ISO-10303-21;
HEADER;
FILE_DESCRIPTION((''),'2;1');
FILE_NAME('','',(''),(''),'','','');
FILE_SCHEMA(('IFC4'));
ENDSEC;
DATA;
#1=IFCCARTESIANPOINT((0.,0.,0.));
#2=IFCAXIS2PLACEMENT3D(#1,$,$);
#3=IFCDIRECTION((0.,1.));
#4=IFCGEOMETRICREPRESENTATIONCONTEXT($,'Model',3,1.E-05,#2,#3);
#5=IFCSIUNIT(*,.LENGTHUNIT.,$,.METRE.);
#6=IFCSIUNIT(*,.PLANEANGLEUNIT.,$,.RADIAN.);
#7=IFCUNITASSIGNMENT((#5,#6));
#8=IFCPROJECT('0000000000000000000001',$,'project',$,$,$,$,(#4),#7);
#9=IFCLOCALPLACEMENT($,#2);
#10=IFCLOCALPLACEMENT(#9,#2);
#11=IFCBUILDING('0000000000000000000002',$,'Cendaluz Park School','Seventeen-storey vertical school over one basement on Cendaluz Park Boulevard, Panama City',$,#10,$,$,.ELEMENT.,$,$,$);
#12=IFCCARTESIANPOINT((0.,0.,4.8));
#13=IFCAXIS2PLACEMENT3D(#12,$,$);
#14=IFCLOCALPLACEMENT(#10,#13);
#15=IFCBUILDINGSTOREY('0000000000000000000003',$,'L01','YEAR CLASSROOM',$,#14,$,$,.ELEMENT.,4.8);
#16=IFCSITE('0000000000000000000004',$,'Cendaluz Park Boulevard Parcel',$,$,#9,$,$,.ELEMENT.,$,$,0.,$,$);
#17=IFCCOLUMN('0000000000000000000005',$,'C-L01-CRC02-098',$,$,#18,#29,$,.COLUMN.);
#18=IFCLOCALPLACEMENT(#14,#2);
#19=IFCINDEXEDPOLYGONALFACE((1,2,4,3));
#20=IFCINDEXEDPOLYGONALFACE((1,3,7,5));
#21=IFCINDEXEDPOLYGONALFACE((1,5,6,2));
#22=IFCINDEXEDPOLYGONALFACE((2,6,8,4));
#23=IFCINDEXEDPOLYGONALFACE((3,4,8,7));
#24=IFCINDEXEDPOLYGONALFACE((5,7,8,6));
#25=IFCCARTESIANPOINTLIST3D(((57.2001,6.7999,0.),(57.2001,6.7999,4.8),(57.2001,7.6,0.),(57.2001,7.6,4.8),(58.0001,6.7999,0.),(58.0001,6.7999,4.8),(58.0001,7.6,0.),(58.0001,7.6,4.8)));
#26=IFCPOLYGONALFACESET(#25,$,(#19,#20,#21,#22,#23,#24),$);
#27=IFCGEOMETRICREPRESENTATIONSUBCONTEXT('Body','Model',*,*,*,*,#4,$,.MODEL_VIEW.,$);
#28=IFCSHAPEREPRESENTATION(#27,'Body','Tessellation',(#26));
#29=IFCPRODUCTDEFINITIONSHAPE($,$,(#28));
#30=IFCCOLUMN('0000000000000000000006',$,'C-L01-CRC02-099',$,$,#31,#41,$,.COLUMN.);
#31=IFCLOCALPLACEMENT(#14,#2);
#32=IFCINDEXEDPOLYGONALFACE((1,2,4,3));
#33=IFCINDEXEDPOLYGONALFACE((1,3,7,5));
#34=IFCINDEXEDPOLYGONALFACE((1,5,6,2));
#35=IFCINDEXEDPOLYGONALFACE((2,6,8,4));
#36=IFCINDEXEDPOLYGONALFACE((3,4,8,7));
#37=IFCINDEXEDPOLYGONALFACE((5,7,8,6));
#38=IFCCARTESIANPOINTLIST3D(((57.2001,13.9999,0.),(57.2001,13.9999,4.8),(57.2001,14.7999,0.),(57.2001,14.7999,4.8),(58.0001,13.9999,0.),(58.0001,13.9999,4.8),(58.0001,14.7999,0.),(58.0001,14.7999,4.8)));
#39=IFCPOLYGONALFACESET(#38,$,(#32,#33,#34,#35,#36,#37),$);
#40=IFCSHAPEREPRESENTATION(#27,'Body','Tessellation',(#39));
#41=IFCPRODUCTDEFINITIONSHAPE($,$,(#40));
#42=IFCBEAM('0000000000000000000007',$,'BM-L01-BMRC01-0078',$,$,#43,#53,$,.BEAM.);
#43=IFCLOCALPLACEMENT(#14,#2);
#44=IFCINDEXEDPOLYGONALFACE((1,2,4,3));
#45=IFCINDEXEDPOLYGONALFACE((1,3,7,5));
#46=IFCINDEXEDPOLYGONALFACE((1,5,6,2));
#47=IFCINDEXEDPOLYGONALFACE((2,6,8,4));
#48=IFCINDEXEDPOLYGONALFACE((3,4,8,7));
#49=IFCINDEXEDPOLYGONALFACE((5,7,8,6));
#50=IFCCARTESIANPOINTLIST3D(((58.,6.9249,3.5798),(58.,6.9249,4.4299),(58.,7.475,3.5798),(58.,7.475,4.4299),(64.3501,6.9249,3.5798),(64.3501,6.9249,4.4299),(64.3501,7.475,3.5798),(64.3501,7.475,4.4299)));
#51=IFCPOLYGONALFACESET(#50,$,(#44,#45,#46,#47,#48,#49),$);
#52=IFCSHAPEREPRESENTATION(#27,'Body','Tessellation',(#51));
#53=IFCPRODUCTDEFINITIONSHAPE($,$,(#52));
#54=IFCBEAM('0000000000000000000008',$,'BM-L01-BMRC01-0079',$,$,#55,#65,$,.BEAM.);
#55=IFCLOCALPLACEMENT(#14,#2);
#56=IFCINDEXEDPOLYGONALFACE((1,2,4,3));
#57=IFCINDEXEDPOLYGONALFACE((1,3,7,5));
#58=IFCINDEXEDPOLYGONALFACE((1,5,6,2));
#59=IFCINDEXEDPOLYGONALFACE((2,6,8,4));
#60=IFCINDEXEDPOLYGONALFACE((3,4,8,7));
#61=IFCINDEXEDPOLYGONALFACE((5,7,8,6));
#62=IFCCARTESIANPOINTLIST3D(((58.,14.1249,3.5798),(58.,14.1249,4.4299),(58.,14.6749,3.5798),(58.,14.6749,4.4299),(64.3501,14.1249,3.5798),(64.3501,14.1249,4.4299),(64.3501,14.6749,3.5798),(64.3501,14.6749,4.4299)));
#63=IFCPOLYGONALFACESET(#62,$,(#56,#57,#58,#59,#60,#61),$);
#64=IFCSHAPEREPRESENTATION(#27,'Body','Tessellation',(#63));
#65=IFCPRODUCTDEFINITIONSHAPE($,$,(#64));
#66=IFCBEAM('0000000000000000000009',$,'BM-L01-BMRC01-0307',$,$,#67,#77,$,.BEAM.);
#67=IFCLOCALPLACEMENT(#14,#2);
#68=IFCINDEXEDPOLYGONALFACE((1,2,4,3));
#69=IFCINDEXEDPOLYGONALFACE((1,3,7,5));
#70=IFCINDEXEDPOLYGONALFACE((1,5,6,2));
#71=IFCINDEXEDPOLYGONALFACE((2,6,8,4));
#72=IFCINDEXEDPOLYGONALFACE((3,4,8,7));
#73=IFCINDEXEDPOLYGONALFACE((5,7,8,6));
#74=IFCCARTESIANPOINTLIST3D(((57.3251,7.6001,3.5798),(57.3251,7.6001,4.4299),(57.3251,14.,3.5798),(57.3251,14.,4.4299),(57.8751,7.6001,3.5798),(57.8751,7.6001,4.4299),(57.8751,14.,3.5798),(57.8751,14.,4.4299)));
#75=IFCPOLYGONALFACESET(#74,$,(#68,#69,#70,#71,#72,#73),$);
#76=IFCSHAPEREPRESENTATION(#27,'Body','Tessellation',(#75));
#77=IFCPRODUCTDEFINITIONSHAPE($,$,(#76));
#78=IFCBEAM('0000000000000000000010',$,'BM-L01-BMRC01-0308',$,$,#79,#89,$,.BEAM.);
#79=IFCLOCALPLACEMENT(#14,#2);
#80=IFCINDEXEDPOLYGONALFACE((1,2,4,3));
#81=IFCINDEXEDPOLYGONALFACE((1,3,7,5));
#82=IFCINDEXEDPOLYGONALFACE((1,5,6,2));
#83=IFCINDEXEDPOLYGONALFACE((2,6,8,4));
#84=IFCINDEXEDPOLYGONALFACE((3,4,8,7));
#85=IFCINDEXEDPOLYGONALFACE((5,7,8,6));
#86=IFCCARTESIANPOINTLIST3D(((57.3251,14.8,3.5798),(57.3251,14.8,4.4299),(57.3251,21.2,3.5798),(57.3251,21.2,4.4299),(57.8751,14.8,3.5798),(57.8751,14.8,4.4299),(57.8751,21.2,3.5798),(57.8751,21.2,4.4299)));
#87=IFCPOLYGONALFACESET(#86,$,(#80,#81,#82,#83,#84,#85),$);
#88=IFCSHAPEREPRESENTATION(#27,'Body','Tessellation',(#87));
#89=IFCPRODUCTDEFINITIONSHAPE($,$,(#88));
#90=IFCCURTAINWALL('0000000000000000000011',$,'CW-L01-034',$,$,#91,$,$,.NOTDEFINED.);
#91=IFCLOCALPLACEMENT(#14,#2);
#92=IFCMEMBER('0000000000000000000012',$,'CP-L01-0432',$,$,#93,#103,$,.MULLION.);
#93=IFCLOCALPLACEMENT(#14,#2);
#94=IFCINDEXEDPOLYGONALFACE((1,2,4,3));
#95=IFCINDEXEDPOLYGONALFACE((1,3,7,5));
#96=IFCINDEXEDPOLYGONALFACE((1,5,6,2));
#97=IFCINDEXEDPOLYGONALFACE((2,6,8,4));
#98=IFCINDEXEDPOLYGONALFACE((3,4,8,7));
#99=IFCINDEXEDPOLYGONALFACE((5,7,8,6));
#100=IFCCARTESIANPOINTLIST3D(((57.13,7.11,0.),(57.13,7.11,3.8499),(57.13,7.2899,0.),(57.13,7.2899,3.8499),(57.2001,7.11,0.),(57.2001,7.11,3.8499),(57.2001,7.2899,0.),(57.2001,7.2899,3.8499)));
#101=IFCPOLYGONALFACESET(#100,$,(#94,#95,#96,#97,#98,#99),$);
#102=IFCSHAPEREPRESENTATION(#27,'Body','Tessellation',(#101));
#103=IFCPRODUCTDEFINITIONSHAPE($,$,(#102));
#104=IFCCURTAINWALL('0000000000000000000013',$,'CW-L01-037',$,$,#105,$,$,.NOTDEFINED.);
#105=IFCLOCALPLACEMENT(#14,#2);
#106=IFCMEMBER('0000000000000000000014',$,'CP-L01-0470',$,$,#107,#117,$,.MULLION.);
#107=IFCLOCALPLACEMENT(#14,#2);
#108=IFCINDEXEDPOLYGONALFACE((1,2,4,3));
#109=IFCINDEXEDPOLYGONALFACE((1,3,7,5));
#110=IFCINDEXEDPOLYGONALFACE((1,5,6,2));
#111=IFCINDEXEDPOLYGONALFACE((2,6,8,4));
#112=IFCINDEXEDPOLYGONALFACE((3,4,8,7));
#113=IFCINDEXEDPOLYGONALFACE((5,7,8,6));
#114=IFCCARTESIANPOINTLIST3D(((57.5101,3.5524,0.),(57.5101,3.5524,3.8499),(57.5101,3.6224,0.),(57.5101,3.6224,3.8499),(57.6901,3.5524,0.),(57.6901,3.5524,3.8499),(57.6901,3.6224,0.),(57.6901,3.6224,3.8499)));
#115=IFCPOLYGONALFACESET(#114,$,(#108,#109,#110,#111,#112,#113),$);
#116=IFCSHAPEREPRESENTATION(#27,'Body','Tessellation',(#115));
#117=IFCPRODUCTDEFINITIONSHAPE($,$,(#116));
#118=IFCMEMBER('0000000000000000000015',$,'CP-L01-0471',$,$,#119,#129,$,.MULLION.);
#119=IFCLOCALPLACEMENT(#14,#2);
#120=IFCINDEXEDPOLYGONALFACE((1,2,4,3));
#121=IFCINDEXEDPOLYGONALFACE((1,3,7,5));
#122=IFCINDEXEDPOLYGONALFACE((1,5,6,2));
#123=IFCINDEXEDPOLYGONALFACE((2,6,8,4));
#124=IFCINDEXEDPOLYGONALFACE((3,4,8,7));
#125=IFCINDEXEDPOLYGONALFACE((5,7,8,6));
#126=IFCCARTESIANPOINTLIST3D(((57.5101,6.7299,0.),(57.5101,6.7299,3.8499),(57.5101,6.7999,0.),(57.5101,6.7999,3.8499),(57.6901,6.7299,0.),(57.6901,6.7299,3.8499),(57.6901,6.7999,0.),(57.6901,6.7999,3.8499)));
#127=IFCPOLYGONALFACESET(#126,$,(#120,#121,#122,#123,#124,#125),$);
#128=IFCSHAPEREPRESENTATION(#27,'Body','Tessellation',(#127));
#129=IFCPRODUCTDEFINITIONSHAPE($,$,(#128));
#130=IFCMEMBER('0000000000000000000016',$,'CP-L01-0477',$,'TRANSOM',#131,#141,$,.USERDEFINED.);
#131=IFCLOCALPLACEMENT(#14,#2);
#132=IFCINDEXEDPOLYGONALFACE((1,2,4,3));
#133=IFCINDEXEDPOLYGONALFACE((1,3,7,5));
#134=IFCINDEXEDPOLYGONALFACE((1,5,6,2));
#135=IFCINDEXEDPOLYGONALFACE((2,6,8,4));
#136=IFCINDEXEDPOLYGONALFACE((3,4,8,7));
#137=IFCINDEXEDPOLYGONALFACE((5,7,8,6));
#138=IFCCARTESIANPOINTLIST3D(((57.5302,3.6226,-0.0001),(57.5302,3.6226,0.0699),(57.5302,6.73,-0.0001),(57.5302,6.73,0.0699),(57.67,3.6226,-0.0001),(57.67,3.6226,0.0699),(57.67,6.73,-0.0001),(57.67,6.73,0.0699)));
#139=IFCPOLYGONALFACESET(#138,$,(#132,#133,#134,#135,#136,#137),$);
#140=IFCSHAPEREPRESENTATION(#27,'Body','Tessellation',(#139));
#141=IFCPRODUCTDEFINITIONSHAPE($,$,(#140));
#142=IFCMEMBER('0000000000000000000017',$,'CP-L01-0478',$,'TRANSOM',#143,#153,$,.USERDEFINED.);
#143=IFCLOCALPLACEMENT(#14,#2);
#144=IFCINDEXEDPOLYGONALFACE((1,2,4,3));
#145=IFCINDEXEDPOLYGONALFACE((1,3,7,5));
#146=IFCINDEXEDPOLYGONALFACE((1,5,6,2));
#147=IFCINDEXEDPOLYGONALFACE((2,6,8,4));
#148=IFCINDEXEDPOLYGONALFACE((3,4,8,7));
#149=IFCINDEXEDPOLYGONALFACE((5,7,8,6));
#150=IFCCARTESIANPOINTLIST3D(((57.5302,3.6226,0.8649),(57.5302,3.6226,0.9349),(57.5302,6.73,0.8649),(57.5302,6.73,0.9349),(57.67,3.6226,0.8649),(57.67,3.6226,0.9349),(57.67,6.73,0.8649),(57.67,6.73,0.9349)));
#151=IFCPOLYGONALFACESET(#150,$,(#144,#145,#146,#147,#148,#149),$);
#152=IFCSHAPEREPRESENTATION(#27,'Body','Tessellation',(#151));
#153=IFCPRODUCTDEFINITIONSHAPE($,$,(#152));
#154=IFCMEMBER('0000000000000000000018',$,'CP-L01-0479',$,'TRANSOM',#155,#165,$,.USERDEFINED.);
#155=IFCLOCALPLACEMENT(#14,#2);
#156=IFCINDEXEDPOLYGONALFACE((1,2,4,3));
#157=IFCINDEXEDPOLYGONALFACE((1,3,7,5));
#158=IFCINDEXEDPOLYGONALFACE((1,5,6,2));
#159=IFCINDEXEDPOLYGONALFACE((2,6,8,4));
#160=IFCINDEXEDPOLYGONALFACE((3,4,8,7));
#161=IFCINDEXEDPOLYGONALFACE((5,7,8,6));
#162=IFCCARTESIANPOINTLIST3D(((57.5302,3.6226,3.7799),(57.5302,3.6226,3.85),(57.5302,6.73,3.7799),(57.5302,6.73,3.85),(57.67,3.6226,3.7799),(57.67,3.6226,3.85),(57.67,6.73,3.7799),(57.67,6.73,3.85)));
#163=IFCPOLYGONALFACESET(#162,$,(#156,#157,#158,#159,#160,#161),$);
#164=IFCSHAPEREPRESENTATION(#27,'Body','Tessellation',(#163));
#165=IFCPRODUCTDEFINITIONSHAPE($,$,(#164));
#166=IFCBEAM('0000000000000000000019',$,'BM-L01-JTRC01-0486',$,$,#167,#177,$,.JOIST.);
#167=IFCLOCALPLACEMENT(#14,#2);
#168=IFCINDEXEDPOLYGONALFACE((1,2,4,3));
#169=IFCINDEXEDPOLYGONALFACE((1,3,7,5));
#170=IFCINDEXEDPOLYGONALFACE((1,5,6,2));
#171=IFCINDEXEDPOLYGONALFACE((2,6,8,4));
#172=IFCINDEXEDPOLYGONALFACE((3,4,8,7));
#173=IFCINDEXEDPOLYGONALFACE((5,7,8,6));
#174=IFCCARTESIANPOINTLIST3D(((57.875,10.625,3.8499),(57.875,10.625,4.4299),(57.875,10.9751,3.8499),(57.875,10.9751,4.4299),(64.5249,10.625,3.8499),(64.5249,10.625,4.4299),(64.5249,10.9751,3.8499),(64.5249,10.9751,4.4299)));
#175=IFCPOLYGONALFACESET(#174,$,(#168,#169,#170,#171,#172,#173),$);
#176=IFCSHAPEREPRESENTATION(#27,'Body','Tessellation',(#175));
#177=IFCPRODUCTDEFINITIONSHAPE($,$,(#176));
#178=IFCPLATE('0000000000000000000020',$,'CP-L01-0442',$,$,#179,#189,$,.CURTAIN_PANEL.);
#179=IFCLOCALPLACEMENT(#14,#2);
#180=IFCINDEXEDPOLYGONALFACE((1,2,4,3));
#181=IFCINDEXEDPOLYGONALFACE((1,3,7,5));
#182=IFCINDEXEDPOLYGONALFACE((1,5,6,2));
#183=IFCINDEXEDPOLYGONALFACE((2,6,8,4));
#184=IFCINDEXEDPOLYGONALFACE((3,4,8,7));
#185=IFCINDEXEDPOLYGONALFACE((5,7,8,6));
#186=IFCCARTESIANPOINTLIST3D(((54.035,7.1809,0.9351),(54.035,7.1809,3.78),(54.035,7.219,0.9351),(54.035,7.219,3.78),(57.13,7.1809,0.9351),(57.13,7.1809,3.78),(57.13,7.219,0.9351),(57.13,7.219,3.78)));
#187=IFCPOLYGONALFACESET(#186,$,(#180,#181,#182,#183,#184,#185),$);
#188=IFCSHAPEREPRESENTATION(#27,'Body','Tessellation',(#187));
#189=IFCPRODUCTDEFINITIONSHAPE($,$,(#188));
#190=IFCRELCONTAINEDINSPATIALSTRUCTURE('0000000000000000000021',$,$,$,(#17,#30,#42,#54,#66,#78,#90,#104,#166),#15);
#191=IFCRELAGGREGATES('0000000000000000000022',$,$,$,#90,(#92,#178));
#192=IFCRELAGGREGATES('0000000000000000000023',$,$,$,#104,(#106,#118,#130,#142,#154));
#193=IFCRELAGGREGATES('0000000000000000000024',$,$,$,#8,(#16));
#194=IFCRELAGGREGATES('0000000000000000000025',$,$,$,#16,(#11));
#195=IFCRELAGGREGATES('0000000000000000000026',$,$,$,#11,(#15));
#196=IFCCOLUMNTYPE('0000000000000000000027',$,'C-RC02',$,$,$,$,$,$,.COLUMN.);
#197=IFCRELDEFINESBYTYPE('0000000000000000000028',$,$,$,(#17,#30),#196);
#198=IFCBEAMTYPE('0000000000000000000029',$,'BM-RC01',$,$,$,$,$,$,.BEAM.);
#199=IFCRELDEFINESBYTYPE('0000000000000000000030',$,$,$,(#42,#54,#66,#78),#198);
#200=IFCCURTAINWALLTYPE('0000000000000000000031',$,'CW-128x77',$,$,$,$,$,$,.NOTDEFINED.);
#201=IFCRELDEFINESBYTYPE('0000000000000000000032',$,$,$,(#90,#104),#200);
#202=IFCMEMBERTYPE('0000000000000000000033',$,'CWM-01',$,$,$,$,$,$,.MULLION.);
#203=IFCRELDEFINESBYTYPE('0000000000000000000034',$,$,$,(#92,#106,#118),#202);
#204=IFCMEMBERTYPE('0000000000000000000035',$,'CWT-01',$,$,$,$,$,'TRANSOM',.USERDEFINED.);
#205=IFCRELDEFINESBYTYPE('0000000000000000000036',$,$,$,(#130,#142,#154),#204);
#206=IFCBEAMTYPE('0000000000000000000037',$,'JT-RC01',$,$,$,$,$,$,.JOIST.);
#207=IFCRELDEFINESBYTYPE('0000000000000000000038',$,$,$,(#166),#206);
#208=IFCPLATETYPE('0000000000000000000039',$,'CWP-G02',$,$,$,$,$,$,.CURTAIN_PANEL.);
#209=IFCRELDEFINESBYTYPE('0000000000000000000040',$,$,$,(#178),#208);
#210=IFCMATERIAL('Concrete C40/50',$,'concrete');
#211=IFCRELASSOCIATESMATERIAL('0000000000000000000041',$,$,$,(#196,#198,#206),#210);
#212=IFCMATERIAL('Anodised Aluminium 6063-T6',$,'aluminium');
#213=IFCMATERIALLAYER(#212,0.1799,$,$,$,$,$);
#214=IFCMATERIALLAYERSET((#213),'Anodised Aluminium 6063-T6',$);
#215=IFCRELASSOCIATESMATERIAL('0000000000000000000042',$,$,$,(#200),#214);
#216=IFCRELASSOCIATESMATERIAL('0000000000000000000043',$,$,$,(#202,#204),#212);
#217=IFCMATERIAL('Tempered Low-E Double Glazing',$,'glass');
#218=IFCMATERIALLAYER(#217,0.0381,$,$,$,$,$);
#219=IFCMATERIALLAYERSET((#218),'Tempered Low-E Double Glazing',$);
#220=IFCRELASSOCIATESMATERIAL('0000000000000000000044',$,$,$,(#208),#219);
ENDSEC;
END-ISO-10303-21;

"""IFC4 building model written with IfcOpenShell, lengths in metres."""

from ifc_helpers import new_model, si_unit, direction, frame, origin, origin_2d, place, context, subcontext, project, spatial, rectangle, extrude, material, layer, layer_set, material_profile, profile_set, type_object, element, aggregate, save


model = new_model("IFC4")

# Units and contexts
model_context = context("Model", 3, precision=1e-05, world=origin(), true_north=direction((0.0, 1.0)))
body_context = subcontext(model_context, "Body", "Model", "MODEL_VIEW")
ifc_project = project(units=[si_unit("LENGTHUNIT", "METRE"), si_unit("PLANEANGLEUNIT", "RADIAN")], contexts=[model_context])

# Site, building, storey
site_placement = place(None, origin())
site = spatial("IfcSite", under=ifc_project, at=site_placement, Name="Cendaluz Park Boulevard Parcel", CompositionType="ELEMENT", RefElevation=0.0)
building_placement = place(site_placement, origin())
building = spatial("IfcBuilding", under=site, at=building_placement, Name="Cendaluz Park School", Description="Seventeen-storey vertical school over one basement on Cendaluz Park Boulevard, Panama City", CompositionType="ELEMENT")
storey_placement = place(building_placement, frame((0.0, 0.0, 4.8)))
storey = spatial("IfcBuildingStorey", under=building, at=storey_placement, Name="L01", Description="YEAR CLASSROOM", CompositionType="ELEMENT", Elevation=4.8)

# Columns
ifc_material_1 = material(Name="Concrete C40/50", Category="concrete")
ifc_material_profile_1 = material_profile(ifc_material_1, rectangle(XDim=0.8, YDim=0.8, at=origin_2d()), Name="RC 800x800", Category="concrete")
ifc_profile_set_1 = profile_set([ifc_material_profile_1], Name="Concrete C40/50")
column_type = type_object("IfcColumnType", Name="C-RC02", PredefinedType="COLUMN", material=ifc_profile_set_1)
for number, where, z_axis, x_axis, name in (
    (1, (57.6001, 7.2, 0.0), (0.0, 0.0, 1.0), (1.0, 0.0, 0.0), "C-L01-CRC02-098"),
    (2, (57.6001, 14.3999, 0.0), (0.0, 0.0, 1.0), (1.0, 0.0, 0.0), "C-L01-CRC02-099"),
):
    element("IfcColumn", number, at=place(storey_placement, frame(where, z_axis=z_axis, x_axis=x_axis)), inside=storey, type_object=column_type, Name=name, PredefinedType="COLUMN", context=body_context, shape_type="SweptSolid", body=[
        extrude(rectangle(XDim=0.8, YDim=0.8, at=origin_2d()), origin(), (0.0, 0.0, 1.0), 4.8),
    ])

# Beams
ifc_material_profile_2 = material_profile(ifc_material_1, rectangle(XDim=0.55, YDim=0.8501, at=origin_2d()), Name="RC 550x850", Category="concrete")
ifc_profile_set_2 = profile_set([ifc_material_profile_2], Name="Concrete C40/50")
beam_type_1 = type_object("IfcBeamType", Name="BM-RC01", PredefinedType="BEAM", material=ifc_profile_set_2)
for number, where, z_axis, x_axis, name in (
    (3, (58.0, 7.2, 4.0049), (1.0, 0.0, 0.0), (0.0, 1.0, 0.0), "BM-L01-BMRC01-0078"),
    (4, (58.0, 14.3999, 4.0049), (1.0, 0.0, 0.0), (0.0, 1.0, 0.0), "BM-L01-BMRC01-0079"),
):
    element("IfcBeam", number, at=place(storey_placement, frame(where, z_axis=z_axis, x_axis=x_axis)), inside=storey, type_object=beam_type_1, Name=name, PredefinedType="BEAM", context=body_context, shape_type="SweptSolid", body=[
        extrude(rectangle(XDim=0.55, YDim=0.8501, at=origin_2d()), origin(), (0.0, 0.0, 1.0), 6.3501),
    ])
for number, where, z_axis, x_axis, name in (
    (5, (57.6001, 7.6001, 4.0049), (0.0, 1.0, 0.0), (-1.0, 0.0, 0.0), "BM-L01-BMRC01-0307"),
    (6, (57.6001, 14.8, 4.0049), (0.0, 1.0, 0.0), (-1.0, 0.0, 0.0), "BM-L01-BMRC01-0308"),
):
    element("IfcBeam", number, at=place(storey_placement, frame(where, z_axis=z_axis, x_axis=x_axis)), inside=storey, type_object=beam_type_1, Name=name, PredefinedType="BEAM", context=body_context, shape_type="SweptSolid", body=[
        extrude(rectangle(XDim=0.55, YDim=0.8501, at=origin_2d()), origin(), (0.0, 0.0, 1.0), 6.3999),
    ])

# Curtain wall, member
ifc_material_2 = material(Name="Anodised Aluminium 6063-T6", Category="aluminium")
ifc_layer_1 = layer(ifc_material_2, 0.1799)
ifc_layer_set_1 = layer_set([ifc_layer_1], Name="Anodised Aluminium 6063-T6")
curtain_wall_type = type_object("IfcCurtainWallType", Name="CW-128x77", PredefinedType="NOTDEFINED", material=ifc_layer_set_1)
curtain_wall_1_placement = place(storey_placement, origin())
curtain_wall_1 = element("IfcCurtainWall", 7, at=curtain_wall_1_placement, inside=storey, type_object=curtain_wall_type, Name="CW-L01-034", PredefinedType="NOTDEFINED")
ifc_material_profile_3 = material_profile(ifc_material_2, rectangle(XDim=0.1799, YDim=0.0701, at=origin_2d()), Name="CWM 180x70", Category="aluminium")
ifc_profile_set_3 = profile_set([ifc_material_profile_3], Name="Anodised Aluminium 6063-T6")
member_type_1 = type_object("IfcMemberType", Name="CWM-01", PredefinedType="MULLION", material=ifc_profile_set_3)
member_1_placement = place(storey_placement, frame((57.165, 7.2, 0.0), z_axis=(0.0, 0.0, 1.0), x_axis=(0.0, 1.0, 0.0)))
member_1 = element("IfcMember", 8, at=member_1_placement, type_object=member_type_1, Name="CP-L01-0432", PredefinedType="MULLION", context=body_context, shape_type="SweptSolid", body=[
    extrude(rectangle(XDim=0.1799, YDim=0.0701, at=origin_2d()), origin(), (0.0, 0.0, 1.0), 3.8499),
])

# Curtain wall, members
curtain_wall_2_placement = place(storey_placement, origin())
curtain_wall_2 = element("IfcCurtainWall", 9, at=curtain_wall_2_placement, inside=storey, type_object=curtain_wall_type, Name="CW-L01-037", PredefinedType="NOTDEFINED")
member_2_placement = place(storey_placement, frame((57.6001, 3.5874, 0.0), z_axis=(0.0, 0.0, 1.0), x_axis=(-1.0, 0.0, 0.0)))
member_2 = element("IfcMember", 10, at=member_2_placement, type_object=member_type_1, Name="CP-L01-0470", PredefinedType="MULLION", context=body_context, shape_type="SweptSolid", body=[
    extrude(rectangle(XDim=0.1799, YDim=0.0701, at=origin_2d()), origin(), (0.0, 0.0, 1.0), 3.8499),
])
member_3_placement = place(storey_placement, frame((57.6001, 6.7649, 0.0), z_axis=(0.0, 0.0, 1.0), x_axis=(-1.0, 0.0, 0.0)))
member_3 = element("IfcMember", 11, at=member_3_placement, type_object=member_type_1, Name="CP-L01-0471", PredefinedType="MULLION", context=body_context, shape_type="SweptSolid", body=[
    extrude(rectangle(XDim=0.1799, YDim=0.0701, at=origin_2d()), origin(), (0.0, 0.0, 1.0), 3.8499),
])
ifc_material_profile_4 = material_profile(ifc_material_2, rectangle(XDim=0.1399, YDim=0.0701, at=origin_2d()), Name="CWT 140x70", Category="aluminium")
ifc_profile_set_4 = profile_set([ifc_material_profile_4], Name="Anodised Aluminium 6063-T6")
member_type_2 = type_object("IfcMemberType", Name="CWT-01", ElementType="TRANSOM", PredefinedType="USERDEFINED", material=ifc_profile_set_4)
member_4_placement = place(storey_placement, frame((57.6001, 3.6226, 0.0349), z_axis=(0.0, 1.0, 0.0), x_axis=(-1.0, 0.0, 0.0)))
member_4 = element("IfcMember", 12, at=member_4_placement, type_object=member_type_2, Name="CP-L01-0477", ObjectType="TRANSOM", PredefinedType="USERDEFINED", context=body_context, shape_type="SweptSolid", body=[
    extrude(rectangle(XDim=0.1399, YDim=0.0701, at=origin_2d()), origin(), (0.0, 0.0, 1.0), 3.1074),
])
member_5_placement = place(storey_placement, frame((57.6001, 3.6226, 0.8999), z_axis=(0.0, 1.0, 0.0), x_axis=(-1.0, 0.0, 0.0)))
member_5 = element("IfcMember", 13, at=member_5_placement, type_object=member_type_2, Name="CP-L01-0478", ObjectType="TRANSOM", PredefinedType="USERDEFINED", context=body_context, shape_type="SweptSolid", body=[
    extrude(rectangle(XDim=0.1399, YDim=0.0701, at=origin_2d()), origin(), (0.0, 0.0, 1.0), 3.1074),
])
member_6_placement = place(storey_placement, frame((57.6001, 3.6226, 3.8149), z_axis=(0.0, 1.0, 0.0), x_axis=(-1.0, 0.0, 0.0)))
member_6 = element("IfcMember", 14, at=member_6_placement, type_object=member_type_2, Name="CP-L01-0479", ObjectType="TRANSOM", PredefinedType="USERDEFINED", context=body_context, shape_type="SweptSolid", body=[
    extrude(rectangle(XDim=0.1399, YDim=0.0701, at=origin_2d()), origin(), (0.0, 0.0, 1.0), 3.1074),
])

# Beam
ifc_material_profile_5 = material_profile(ifc_material_1, rectangle(XDim=0.3501, YDim=0.5801, at=origin_2d()), Name="RC 350x580", Category="concrete")
ifc_profile_set_5 = profile_set([ifc_material_profile_5], Name="Concrete C40/50")
beam_type_2 = type_object("IfcBeamType", Name="JT-RC01", PredefinedType="JOIST", material=ifc_profile_set_5)
beam_placement = place(storey_placement, frame((57.875, 10.8, 4.1399), z_axis=(1.0, 0.0, 0.0), x_axis=(0.0, 1.0, 0.0)))
element("IfcBeam", 15, at=beam_placement, inside=storey, type_object=beam_type_2, Name="BM-L01-JTRC01-0486", PredefinedType="JOIST", context=body_context, shape_type="SweptSolid", body=[
    extrude(rectangle(XDim=0.3501, YDim=0.5801, at=origin_2d()), origin(), (0.0, 0.0, 1.0), 6.6499),
])

# Plate
ifc_material_3 = material(Name="Tempered Low-E Double Glazing", Category="glass")
ifc_layer_2 = layer(ifc_material_3, 0.0381)
ifc_layer_set_2 = layer_set([ifc_layer_2], Name="Tempered Low-E Double Glazing")
plate_type_1 = type_object("IfcPlateType", Name="CWP-G02", PredefinedType="CURTAIN_PANEL", material=ifc_layer_set_2)
plate_1_placement = place(storey_placement, frame((55.5825, 7.2, 0.9351), z_axis=(0.0, 0.0, 1.0), x_axis=(1.0, 0.0, 0.0)))
plate_1 = element("IfcPlate", 16, at=plate_1_placement, type_object=plate_type_1, Name="CP-L01-0442", PredefinedType="CURTAIN_PANEL", context=body_context, shape_type="SweptSolid", body=[
    extrude(rectangle(XDim=3.095, YDim=0.0381, at=origin_2d()), origin(), (0.0, 0.0, 1.0), 2.845),
])
aggregate(curtain_wall_1, [member_1, plate_1])
aggregate(curtain_wall_2, [member_2, member_3, member_4, member_5, member_6])

save(model, "model.ifc")
